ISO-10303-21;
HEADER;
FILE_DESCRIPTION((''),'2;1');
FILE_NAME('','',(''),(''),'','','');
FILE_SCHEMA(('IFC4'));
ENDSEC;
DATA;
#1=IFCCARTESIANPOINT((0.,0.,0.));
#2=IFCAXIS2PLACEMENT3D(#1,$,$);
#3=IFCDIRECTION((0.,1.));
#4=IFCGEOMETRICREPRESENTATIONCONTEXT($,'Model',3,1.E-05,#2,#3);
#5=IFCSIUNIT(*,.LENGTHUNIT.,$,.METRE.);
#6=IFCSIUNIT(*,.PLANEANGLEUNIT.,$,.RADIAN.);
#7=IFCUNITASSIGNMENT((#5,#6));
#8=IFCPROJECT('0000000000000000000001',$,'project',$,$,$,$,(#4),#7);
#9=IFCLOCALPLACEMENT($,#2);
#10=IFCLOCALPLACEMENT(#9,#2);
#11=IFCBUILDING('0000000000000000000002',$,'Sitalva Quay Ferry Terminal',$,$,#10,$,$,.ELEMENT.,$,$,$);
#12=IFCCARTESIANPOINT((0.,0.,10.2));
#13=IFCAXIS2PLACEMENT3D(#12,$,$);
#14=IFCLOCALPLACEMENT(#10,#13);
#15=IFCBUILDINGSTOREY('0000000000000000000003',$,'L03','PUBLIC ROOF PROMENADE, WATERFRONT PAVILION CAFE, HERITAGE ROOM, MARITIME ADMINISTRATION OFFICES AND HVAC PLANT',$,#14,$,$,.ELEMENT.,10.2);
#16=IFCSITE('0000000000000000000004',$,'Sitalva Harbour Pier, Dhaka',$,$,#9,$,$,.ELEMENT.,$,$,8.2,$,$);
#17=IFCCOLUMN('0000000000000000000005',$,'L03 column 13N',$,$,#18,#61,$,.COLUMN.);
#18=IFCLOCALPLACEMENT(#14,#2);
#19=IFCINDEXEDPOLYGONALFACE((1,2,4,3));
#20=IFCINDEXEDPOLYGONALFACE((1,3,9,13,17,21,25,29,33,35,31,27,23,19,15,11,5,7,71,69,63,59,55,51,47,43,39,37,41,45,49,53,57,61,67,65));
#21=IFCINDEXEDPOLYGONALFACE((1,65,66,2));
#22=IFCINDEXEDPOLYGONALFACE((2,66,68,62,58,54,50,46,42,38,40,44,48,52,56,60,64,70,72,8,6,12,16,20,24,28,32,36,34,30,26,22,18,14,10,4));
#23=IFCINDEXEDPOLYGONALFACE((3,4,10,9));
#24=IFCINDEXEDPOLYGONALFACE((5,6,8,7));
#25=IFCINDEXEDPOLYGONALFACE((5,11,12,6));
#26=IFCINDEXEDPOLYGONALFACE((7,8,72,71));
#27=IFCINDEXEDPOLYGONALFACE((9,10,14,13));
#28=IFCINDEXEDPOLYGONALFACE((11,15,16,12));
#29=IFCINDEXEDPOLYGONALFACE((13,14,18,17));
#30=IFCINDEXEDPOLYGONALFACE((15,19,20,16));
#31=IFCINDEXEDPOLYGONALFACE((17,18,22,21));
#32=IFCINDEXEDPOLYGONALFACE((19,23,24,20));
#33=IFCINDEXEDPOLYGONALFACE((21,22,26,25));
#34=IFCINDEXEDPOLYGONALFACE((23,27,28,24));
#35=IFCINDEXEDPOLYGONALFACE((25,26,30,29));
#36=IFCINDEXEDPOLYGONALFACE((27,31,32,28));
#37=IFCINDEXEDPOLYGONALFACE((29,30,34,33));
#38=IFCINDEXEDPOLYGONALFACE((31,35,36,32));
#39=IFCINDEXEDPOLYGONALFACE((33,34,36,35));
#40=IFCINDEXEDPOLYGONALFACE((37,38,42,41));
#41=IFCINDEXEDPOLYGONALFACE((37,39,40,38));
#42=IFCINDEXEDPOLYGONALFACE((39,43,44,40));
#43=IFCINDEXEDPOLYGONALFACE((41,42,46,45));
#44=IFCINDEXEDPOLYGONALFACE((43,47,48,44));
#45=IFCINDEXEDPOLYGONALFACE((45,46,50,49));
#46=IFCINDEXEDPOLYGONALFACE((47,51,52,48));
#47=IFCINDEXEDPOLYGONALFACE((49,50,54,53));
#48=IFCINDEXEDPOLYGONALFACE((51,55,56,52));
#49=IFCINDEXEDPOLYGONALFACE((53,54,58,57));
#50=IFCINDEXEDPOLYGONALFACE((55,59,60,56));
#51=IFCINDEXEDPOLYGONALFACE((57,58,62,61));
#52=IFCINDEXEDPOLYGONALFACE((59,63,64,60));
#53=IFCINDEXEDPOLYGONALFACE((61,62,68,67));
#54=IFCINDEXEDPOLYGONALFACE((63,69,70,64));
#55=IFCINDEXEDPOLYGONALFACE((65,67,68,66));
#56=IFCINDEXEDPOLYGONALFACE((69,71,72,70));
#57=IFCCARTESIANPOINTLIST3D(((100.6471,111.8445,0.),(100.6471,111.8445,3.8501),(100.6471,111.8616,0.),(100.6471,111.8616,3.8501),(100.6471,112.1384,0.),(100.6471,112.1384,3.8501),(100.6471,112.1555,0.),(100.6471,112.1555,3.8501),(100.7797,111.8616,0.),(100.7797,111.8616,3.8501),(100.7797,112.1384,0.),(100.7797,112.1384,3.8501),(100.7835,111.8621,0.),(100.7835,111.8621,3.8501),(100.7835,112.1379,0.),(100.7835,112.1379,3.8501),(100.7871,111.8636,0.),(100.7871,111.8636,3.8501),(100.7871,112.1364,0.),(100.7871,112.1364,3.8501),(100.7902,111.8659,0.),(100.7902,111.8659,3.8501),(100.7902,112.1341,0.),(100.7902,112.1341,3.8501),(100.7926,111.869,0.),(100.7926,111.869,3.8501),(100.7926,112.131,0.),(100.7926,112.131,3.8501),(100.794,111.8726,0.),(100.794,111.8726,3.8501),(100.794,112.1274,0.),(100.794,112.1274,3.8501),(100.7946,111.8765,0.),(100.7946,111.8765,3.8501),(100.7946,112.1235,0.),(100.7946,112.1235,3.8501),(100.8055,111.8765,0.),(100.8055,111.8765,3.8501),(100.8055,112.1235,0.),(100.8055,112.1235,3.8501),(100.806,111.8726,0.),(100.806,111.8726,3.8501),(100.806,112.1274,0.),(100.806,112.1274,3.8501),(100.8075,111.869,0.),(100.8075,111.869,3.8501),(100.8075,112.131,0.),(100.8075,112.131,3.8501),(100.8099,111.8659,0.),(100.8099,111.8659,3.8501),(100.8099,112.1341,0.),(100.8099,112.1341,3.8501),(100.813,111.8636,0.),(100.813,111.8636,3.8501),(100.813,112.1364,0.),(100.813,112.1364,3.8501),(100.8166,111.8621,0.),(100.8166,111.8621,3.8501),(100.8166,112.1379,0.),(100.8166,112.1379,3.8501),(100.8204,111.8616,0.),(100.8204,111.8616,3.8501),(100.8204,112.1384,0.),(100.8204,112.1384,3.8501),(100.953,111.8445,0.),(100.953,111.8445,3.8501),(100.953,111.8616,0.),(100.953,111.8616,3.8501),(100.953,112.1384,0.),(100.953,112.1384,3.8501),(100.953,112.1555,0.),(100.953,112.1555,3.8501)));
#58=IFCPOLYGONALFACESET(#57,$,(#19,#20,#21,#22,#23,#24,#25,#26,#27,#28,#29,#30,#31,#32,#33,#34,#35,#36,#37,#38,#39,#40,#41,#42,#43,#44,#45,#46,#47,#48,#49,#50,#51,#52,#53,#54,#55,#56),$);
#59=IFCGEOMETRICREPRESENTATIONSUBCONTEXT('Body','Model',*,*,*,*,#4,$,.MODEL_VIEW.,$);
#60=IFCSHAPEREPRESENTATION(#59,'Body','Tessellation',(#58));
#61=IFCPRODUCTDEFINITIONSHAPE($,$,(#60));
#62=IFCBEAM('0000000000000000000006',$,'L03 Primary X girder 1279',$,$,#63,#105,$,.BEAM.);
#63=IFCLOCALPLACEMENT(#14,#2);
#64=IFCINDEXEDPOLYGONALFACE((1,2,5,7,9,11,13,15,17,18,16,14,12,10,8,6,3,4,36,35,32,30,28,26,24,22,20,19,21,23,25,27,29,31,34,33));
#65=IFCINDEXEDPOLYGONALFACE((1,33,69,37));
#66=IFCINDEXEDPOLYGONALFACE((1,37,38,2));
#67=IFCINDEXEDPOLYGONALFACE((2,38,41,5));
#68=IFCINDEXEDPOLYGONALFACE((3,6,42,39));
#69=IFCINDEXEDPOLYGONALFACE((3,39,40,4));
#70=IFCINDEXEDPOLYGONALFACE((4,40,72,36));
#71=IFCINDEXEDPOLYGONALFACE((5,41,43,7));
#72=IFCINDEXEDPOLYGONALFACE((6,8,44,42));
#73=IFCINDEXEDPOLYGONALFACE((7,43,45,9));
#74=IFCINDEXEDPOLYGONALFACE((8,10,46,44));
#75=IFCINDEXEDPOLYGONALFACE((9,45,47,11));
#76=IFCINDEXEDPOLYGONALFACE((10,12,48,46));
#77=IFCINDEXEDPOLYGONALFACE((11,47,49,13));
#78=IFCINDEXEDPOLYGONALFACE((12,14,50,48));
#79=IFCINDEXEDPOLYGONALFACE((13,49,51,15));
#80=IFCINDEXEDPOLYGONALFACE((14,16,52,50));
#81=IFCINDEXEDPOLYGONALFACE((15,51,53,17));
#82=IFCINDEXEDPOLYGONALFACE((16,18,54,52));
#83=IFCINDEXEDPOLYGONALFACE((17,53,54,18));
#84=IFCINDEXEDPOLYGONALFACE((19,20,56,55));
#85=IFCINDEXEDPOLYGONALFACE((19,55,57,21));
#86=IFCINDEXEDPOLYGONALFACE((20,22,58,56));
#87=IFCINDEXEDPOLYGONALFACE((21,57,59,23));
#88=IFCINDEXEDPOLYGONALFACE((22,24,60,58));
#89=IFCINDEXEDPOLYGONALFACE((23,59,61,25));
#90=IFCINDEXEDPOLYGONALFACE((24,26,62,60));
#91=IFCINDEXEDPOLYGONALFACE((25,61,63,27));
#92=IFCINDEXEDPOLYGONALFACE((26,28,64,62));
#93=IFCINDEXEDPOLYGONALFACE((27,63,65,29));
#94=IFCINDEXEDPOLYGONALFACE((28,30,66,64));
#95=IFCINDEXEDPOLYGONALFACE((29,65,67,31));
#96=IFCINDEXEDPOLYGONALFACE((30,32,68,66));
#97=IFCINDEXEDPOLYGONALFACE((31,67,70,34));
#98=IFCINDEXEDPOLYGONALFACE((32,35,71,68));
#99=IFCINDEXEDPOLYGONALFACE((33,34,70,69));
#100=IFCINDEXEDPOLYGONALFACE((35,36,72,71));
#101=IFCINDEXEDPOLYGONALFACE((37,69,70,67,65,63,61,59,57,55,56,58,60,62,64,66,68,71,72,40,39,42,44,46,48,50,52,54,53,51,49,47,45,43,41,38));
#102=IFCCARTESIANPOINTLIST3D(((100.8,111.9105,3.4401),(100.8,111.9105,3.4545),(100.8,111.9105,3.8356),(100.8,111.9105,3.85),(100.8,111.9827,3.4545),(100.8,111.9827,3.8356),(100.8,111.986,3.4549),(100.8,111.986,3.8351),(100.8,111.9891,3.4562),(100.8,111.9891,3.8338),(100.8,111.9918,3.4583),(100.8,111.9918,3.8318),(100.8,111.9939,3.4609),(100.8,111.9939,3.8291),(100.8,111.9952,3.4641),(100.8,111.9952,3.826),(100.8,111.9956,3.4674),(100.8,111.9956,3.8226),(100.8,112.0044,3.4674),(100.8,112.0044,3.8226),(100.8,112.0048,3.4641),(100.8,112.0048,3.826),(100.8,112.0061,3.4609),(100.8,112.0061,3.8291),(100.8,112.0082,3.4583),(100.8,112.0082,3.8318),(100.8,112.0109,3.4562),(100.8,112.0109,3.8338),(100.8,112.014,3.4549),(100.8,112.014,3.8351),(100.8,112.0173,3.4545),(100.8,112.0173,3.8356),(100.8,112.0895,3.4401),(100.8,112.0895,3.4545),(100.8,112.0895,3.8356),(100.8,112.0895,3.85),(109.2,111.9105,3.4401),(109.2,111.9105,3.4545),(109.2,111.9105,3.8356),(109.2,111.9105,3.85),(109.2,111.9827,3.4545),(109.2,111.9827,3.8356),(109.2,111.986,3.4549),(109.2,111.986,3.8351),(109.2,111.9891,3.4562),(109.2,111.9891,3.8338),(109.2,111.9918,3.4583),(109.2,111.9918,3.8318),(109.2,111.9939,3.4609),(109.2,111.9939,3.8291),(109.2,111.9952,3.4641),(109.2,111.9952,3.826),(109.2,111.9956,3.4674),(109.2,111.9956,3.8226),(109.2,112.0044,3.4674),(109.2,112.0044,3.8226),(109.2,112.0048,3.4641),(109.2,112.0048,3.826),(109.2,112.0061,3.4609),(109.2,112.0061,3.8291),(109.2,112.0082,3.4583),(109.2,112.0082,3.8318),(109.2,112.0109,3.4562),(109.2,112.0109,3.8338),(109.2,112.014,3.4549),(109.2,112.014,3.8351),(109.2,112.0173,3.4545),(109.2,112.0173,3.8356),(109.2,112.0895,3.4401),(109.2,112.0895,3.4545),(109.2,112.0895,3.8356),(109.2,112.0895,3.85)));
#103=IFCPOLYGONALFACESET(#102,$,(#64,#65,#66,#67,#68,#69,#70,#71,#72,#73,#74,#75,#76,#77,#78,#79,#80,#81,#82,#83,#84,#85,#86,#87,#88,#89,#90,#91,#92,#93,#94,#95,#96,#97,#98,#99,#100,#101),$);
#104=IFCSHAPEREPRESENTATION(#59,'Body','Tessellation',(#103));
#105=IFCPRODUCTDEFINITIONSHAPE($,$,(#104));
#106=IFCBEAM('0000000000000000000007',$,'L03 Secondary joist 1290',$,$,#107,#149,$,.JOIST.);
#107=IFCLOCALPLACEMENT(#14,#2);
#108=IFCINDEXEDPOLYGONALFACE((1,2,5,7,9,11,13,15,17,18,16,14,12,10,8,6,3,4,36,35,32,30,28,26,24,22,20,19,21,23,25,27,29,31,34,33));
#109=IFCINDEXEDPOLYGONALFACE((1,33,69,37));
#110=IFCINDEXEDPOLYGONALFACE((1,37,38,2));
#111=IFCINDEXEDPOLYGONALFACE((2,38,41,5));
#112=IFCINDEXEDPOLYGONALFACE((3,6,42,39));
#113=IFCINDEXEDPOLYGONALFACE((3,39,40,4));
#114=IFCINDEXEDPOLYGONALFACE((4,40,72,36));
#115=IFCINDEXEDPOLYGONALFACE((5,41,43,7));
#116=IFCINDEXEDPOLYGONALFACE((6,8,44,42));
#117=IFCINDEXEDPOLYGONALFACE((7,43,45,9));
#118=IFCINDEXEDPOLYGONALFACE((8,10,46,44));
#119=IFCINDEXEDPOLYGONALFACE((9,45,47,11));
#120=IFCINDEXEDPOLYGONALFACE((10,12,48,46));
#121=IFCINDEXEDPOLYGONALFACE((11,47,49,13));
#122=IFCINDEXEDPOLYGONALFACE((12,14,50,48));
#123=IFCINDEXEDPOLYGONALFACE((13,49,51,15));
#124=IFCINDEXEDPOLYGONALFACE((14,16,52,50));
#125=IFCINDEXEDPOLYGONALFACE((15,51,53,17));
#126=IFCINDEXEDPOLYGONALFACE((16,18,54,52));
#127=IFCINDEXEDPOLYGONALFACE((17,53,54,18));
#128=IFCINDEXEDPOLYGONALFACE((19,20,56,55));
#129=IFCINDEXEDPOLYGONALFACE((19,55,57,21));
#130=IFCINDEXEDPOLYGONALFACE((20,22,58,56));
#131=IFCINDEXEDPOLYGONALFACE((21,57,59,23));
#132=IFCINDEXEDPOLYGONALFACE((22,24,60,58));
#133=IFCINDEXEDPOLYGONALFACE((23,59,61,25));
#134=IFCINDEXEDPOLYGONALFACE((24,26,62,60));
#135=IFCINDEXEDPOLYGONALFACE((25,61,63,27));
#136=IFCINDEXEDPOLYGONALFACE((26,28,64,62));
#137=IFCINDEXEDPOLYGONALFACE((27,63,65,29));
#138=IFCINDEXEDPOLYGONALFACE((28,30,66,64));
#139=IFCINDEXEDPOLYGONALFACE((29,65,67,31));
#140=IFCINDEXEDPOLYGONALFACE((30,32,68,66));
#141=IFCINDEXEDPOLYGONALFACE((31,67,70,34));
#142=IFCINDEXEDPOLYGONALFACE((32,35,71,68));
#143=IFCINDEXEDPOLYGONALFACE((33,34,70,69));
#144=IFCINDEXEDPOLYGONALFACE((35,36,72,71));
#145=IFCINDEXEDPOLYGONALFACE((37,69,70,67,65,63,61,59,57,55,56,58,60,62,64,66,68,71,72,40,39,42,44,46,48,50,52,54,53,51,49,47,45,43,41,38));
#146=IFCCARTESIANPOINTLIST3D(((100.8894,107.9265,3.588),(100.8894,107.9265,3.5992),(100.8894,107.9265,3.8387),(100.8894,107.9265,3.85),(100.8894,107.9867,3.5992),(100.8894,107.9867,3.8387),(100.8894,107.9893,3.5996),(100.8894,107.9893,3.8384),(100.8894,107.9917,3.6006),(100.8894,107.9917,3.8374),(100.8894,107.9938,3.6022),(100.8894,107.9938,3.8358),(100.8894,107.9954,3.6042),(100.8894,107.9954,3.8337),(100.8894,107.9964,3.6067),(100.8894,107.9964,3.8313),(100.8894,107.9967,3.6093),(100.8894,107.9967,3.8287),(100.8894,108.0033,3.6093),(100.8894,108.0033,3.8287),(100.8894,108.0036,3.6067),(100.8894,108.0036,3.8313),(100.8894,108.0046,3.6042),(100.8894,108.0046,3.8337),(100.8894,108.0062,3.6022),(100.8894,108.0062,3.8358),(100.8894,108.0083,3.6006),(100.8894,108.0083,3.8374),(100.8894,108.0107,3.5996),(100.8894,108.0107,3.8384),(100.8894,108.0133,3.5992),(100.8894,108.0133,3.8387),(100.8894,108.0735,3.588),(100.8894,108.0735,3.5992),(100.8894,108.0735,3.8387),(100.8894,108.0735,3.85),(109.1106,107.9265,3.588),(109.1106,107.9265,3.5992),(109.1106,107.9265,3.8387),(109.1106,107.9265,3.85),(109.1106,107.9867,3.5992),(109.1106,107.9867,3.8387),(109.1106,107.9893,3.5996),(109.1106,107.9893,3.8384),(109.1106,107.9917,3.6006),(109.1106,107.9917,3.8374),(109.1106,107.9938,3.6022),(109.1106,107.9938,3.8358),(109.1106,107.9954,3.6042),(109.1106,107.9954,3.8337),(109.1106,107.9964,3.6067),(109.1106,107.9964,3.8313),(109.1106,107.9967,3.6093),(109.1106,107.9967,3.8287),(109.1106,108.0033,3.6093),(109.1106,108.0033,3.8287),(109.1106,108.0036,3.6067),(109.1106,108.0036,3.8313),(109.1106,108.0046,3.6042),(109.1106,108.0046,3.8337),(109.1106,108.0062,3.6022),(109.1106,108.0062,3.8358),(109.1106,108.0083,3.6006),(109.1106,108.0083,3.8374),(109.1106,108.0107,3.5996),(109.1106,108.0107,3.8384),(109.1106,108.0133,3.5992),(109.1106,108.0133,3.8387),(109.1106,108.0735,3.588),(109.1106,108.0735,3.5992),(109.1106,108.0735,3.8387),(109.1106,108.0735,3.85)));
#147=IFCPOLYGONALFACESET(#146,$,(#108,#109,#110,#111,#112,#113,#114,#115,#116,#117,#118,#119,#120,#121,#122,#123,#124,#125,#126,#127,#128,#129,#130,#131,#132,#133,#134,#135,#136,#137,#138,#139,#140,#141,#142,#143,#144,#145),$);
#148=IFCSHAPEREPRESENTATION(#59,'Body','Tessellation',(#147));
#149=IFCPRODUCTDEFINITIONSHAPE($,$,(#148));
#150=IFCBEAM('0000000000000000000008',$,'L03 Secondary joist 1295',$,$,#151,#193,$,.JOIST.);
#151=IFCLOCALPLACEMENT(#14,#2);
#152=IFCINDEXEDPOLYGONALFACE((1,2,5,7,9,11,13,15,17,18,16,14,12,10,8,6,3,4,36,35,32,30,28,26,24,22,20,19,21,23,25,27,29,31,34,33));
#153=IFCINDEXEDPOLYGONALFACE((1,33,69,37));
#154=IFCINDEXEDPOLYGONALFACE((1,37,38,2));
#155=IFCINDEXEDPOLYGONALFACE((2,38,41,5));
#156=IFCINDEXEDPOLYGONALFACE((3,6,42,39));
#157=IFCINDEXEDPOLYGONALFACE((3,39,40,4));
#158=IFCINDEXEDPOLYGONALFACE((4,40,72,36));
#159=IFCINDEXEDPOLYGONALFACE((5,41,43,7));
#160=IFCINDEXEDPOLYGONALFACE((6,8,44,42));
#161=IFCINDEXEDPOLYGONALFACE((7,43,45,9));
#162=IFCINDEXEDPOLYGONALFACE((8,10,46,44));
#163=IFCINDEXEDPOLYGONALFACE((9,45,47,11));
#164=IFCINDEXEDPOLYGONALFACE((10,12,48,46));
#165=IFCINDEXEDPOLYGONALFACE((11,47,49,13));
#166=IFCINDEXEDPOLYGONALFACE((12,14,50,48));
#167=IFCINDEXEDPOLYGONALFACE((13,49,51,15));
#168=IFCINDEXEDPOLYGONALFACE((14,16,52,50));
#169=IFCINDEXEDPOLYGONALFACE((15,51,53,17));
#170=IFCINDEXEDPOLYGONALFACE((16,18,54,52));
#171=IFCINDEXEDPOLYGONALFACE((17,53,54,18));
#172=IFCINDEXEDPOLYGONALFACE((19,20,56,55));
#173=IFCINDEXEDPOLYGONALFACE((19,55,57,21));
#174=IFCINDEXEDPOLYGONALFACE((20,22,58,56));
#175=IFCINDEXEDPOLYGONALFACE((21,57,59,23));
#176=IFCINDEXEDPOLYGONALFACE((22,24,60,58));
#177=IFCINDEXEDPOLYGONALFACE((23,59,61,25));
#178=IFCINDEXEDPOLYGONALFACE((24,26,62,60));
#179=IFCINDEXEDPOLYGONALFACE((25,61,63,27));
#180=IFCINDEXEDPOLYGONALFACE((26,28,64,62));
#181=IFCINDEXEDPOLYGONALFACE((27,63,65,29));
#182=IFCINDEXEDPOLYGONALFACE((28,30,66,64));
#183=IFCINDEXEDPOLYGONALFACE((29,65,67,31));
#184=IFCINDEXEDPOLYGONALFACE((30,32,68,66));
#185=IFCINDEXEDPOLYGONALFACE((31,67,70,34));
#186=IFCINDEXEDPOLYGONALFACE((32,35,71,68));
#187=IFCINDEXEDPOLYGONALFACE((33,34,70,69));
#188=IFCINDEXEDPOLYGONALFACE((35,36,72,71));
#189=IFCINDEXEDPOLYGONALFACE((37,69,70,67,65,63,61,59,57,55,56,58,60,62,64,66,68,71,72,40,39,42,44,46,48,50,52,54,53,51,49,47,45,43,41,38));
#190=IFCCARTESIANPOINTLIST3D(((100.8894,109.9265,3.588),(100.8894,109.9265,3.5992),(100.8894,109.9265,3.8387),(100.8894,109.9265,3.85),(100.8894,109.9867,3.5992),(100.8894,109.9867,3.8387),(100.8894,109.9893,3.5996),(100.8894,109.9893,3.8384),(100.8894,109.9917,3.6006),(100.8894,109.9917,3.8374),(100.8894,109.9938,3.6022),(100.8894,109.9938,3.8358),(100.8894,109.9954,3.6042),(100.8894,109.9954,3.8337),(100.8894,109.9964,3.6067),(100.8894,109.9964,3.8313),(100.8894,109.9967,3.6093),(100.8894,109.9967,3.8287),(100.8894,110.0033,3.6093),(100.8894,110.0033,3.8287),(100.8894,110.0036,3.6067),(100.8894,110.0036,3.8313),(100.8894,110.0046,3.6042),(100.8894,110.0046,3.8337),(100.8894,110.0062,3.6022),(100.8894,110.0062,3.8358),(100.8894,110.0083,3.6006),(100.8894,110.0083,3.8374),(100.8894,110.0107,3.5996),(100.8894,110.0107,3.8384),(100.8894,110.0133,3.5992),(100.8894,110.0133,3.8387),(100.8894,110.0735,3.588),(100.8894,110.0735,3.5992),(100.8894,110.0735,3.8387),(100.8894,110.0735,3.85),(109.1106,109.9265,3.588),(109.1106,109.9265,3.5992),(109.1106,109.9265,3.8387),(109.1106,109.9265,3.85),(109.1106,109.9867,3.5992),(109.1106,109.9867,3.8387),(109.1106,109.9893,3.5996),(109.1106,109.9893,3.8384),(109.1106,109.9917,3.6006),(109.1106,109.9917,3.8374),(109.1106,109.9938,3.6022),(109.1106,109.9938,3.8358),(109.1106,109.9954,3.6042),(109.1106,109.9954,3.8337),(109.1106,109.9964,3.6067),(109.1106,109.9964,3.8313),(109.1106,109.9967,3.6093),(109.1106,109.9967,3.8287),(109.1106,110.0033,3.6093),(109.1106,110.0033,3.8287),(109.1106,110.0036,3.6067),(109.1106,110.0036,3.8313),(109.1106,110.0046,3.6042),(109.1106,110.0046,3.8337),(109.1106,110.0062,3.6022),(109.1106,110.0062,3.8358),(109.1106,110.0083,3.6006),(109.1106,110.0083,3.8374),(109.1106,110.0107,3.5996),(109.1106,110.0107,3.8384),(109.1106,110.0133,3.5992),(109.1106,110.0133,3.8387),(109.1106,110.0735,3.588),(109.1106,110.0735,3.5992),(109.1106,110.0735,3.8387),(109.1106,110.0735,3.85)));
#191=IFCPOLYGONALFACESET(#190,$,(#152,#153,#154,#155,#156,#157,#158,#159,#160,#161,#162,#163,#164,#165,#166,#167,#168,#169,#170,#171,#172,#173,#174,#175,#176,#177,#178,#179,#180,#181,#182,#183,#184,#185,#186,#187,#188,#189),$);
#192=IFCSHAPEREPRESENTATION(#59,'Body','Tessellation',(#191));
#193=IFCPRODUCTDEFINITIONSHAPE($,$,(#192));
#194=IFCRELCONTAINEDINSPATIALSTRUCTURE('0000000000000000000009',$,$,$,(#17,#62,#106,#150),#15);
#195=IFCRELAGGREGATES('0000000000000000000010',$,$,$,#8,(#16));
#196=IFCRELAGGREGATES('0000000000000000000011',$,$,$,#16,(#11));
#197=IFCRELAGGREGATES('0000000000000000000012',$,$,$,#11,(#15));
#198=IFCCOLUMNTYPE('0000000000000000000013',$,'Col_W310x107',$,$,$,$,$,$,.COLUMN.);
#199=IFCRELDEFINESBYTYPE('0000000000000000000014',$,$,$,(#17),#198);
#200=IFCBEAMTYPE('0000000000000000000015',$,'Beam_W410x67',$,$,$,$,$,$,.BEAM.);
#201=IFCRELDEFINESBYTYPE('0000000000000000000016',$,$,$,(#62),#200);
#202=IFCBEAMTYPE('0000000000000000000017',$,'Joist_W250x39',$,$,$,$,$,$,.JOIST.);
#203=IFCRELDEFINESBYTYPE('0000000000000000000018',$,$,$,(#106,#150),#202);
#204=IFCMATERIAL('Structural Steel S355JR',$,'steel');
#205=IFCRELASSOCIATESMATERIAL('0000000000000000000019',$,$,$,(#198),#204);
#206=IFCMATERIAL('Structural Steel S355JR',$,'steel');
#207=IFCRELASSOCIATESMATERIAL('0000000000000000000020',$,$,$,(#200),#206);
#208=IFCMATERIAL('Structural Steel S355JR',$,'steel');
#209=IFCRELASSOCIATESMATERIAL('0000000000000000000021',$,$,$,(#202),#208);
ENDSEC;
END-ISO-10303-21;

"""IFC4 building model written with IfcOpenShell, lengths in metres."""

from ifc_helpers import new_model, si_unit, direction, frame, origin, origin_2d, place, context, subcontext, project, spatial, i_section, extrude, material, material_profile, profile_set, type_object, element, save


model = new_model("IFC4")

# Units and contexts
model_context = context("Model", 3, precision=1e-05, world=origin(), true_north=direction((0.0, 1.0)))
body_context = subcontext(model_context, "Body", "Model", "MODEL_VIEW")
ifc_project = project(units=[si_unit("LENGTHUNIT", "METRE"), si_unit("PLANEANGLEUNIT", "RADIAN")], contexts=[model_context])

# Site, building, storey
site_placement = place(None, origin())
site = spatial("IfcSite", under=ifc_project, at=site_placement, Name="Sitalva Harbour Pier, Dhaka", CompositionType="ELEMENT", RefElevation=8.2)
building_placement = place(site_placement, origin())
building = spatial("IfcBuilding", under=site, at=building_placement, Name="Sitalva Quay Ferry Terminal", CompositionType="ELEMENT")
storey_placement = place(building_placement, frame((0.0, 0.0, 10.2)))
storey = spatial("IfcBuildingStorey", under=building, at=storey_placement, Name="L03", Description="PUBLIC ROOF PROMENADE, WATERFRONT PAVILION CAFE, HERITAGE ROOM, MARITIME ADMINISTRATION OFFICES AND HVAC PLANT", CompositionType="ELEMENT", Elevation=10.2)

# Column
ifc_material_1 = material(Name="Structural Steel S355JR", Category="steel")
ifc_material_profile_1 = material_profile(ifc_material_1, i_section(OverallWidth=0.3059, OverallDepth=0.311, WebThickness=0.011, FlangeThickness=0.0171, FilletRadius=0.0149, at=origin_2d()), Name="W310x107")
ifc_profile_set_1 = profile_set([ifc_material_profile_1], Name="Structural Steel S355JR")
column_type = type_object("IfcColumnType", Name="Col_W310x107", PredefinedType="COLUMN", material=ifc_profile_set_1)
column_placement = place(storey_placement, frame((100.8, 112.0, 0.0), z_axis=(0.0, 0.0, 1.0), x_axis=(1.0, 0.0, 0.0)))
element("IfcColumn", 1, at=column_placement, inside=storey, type_object=column_type, Name="L03 column 13N", PredefinedType="COLUMN", context=body_context, shape_type="SweptSolid", body=[
    extrude(i_section(OverallWidth=0.3059, OverallDepth=0.311, WebThickness=0.011, FlangeThickness=0.0171, FilletRadius=0.0149, at=origin_2d()), origin(), (0.0, 0.0, 1.0), 3.8501),
])

# Beams
ifc_material_2 = material(Name="Structural Steel S355JR", Category="steel")
ifc_material_profile_2 = material_profile(ifc_material_2, i_section(OverallWidth=0.179, OverallDepth=0.4099, WebThickness=0.0088, FlangeThickness=0.0144, FilletRadius=0.0129, at=origin_2d()), Name="W410x67")
ifc_profile_set_2 = profile_set([ifc_material_profile_2], Name="Structural Steel S355JR")
beam_type_1 = type_object("IfcBeamType", Name="Beam_W410x67", PredefinedType="BEAM", material=ifc_profile_set_2)
beam_placement = place(storey_placement, frame((100.8, 112.0, 3.645), z_axis=(1.0, 0.0, 0.0), x_axis=(0.0, 1.0, 0.0)))
element("IfcBeam", 2, at=beam_placement, inside=storey, type_object=beam_type_1, Name="L03 Primary X girder 1279", PredefinedType="BEAM", context=body_context, shape_type="SweptSolid", body=[
    extrude(i_section(OverallWidth=0.179, OverallDepth=0.4099, WebThickness=0.0088, FlangeThickness=0.0144, FilletRadius=0.0129, at=origin_2d()), origin(), (0.0, 0.0, 1.0), 8.3999),
])
ifc_material_3 = material(Name="Structural Steel S355JR", Category="steel")
ifc_material_profile_3 = material_profile(ifc_material_3, i_section(OverallWidth=0.147, OverallDepth=0.262, WebThickness=0.0066, FlangeThickness=0.0112, FilletRadius=0.01, at=origin_2d()), Name="W250x39")
ifc_profile_set_3 = profile_set([ifc_material_profile_3], Name="Structural Steel S355JR")
beam_type_2 = type_object("IfcBeamType", Name="Joist_W250x39", PredefinedType="JOIST", material=ifc_profile_set_3)
for number, where, z_axis, x_axis, name in (
    (3, (100.8894, 108.0, 3.719), (1.0, 0.0, 0.0), (0.0, 1.0, 0.0), "L03 Secondary joist 1290"),
    (4, (100.8894, 110.0, 3.719), (1.0, 0.0, 0.0), (0.0, 1.0, 0.0), "L03 Secondary joist 1295"),
):
    element("IfcBeam", number, at=place(storey_placement, frame(where, z_axis=z_axis, x_axis=x_axis)), inside=storey, type_object=beam_type_2, Name=name, PredefinedType="JOIST", context=body_context, shape_type="SweptSolid", body=[
        extrude(i_section(OverallWidth=0.147, OverallDepth=0.262, WebThickness=0.0066, FlangeThickness=0.0112, FilletRadius=0.01, at=origin_2d()), origin(), (0.0, 0.0, 1.0), 8.2212),
    ])

save(model, "model.ifc")
